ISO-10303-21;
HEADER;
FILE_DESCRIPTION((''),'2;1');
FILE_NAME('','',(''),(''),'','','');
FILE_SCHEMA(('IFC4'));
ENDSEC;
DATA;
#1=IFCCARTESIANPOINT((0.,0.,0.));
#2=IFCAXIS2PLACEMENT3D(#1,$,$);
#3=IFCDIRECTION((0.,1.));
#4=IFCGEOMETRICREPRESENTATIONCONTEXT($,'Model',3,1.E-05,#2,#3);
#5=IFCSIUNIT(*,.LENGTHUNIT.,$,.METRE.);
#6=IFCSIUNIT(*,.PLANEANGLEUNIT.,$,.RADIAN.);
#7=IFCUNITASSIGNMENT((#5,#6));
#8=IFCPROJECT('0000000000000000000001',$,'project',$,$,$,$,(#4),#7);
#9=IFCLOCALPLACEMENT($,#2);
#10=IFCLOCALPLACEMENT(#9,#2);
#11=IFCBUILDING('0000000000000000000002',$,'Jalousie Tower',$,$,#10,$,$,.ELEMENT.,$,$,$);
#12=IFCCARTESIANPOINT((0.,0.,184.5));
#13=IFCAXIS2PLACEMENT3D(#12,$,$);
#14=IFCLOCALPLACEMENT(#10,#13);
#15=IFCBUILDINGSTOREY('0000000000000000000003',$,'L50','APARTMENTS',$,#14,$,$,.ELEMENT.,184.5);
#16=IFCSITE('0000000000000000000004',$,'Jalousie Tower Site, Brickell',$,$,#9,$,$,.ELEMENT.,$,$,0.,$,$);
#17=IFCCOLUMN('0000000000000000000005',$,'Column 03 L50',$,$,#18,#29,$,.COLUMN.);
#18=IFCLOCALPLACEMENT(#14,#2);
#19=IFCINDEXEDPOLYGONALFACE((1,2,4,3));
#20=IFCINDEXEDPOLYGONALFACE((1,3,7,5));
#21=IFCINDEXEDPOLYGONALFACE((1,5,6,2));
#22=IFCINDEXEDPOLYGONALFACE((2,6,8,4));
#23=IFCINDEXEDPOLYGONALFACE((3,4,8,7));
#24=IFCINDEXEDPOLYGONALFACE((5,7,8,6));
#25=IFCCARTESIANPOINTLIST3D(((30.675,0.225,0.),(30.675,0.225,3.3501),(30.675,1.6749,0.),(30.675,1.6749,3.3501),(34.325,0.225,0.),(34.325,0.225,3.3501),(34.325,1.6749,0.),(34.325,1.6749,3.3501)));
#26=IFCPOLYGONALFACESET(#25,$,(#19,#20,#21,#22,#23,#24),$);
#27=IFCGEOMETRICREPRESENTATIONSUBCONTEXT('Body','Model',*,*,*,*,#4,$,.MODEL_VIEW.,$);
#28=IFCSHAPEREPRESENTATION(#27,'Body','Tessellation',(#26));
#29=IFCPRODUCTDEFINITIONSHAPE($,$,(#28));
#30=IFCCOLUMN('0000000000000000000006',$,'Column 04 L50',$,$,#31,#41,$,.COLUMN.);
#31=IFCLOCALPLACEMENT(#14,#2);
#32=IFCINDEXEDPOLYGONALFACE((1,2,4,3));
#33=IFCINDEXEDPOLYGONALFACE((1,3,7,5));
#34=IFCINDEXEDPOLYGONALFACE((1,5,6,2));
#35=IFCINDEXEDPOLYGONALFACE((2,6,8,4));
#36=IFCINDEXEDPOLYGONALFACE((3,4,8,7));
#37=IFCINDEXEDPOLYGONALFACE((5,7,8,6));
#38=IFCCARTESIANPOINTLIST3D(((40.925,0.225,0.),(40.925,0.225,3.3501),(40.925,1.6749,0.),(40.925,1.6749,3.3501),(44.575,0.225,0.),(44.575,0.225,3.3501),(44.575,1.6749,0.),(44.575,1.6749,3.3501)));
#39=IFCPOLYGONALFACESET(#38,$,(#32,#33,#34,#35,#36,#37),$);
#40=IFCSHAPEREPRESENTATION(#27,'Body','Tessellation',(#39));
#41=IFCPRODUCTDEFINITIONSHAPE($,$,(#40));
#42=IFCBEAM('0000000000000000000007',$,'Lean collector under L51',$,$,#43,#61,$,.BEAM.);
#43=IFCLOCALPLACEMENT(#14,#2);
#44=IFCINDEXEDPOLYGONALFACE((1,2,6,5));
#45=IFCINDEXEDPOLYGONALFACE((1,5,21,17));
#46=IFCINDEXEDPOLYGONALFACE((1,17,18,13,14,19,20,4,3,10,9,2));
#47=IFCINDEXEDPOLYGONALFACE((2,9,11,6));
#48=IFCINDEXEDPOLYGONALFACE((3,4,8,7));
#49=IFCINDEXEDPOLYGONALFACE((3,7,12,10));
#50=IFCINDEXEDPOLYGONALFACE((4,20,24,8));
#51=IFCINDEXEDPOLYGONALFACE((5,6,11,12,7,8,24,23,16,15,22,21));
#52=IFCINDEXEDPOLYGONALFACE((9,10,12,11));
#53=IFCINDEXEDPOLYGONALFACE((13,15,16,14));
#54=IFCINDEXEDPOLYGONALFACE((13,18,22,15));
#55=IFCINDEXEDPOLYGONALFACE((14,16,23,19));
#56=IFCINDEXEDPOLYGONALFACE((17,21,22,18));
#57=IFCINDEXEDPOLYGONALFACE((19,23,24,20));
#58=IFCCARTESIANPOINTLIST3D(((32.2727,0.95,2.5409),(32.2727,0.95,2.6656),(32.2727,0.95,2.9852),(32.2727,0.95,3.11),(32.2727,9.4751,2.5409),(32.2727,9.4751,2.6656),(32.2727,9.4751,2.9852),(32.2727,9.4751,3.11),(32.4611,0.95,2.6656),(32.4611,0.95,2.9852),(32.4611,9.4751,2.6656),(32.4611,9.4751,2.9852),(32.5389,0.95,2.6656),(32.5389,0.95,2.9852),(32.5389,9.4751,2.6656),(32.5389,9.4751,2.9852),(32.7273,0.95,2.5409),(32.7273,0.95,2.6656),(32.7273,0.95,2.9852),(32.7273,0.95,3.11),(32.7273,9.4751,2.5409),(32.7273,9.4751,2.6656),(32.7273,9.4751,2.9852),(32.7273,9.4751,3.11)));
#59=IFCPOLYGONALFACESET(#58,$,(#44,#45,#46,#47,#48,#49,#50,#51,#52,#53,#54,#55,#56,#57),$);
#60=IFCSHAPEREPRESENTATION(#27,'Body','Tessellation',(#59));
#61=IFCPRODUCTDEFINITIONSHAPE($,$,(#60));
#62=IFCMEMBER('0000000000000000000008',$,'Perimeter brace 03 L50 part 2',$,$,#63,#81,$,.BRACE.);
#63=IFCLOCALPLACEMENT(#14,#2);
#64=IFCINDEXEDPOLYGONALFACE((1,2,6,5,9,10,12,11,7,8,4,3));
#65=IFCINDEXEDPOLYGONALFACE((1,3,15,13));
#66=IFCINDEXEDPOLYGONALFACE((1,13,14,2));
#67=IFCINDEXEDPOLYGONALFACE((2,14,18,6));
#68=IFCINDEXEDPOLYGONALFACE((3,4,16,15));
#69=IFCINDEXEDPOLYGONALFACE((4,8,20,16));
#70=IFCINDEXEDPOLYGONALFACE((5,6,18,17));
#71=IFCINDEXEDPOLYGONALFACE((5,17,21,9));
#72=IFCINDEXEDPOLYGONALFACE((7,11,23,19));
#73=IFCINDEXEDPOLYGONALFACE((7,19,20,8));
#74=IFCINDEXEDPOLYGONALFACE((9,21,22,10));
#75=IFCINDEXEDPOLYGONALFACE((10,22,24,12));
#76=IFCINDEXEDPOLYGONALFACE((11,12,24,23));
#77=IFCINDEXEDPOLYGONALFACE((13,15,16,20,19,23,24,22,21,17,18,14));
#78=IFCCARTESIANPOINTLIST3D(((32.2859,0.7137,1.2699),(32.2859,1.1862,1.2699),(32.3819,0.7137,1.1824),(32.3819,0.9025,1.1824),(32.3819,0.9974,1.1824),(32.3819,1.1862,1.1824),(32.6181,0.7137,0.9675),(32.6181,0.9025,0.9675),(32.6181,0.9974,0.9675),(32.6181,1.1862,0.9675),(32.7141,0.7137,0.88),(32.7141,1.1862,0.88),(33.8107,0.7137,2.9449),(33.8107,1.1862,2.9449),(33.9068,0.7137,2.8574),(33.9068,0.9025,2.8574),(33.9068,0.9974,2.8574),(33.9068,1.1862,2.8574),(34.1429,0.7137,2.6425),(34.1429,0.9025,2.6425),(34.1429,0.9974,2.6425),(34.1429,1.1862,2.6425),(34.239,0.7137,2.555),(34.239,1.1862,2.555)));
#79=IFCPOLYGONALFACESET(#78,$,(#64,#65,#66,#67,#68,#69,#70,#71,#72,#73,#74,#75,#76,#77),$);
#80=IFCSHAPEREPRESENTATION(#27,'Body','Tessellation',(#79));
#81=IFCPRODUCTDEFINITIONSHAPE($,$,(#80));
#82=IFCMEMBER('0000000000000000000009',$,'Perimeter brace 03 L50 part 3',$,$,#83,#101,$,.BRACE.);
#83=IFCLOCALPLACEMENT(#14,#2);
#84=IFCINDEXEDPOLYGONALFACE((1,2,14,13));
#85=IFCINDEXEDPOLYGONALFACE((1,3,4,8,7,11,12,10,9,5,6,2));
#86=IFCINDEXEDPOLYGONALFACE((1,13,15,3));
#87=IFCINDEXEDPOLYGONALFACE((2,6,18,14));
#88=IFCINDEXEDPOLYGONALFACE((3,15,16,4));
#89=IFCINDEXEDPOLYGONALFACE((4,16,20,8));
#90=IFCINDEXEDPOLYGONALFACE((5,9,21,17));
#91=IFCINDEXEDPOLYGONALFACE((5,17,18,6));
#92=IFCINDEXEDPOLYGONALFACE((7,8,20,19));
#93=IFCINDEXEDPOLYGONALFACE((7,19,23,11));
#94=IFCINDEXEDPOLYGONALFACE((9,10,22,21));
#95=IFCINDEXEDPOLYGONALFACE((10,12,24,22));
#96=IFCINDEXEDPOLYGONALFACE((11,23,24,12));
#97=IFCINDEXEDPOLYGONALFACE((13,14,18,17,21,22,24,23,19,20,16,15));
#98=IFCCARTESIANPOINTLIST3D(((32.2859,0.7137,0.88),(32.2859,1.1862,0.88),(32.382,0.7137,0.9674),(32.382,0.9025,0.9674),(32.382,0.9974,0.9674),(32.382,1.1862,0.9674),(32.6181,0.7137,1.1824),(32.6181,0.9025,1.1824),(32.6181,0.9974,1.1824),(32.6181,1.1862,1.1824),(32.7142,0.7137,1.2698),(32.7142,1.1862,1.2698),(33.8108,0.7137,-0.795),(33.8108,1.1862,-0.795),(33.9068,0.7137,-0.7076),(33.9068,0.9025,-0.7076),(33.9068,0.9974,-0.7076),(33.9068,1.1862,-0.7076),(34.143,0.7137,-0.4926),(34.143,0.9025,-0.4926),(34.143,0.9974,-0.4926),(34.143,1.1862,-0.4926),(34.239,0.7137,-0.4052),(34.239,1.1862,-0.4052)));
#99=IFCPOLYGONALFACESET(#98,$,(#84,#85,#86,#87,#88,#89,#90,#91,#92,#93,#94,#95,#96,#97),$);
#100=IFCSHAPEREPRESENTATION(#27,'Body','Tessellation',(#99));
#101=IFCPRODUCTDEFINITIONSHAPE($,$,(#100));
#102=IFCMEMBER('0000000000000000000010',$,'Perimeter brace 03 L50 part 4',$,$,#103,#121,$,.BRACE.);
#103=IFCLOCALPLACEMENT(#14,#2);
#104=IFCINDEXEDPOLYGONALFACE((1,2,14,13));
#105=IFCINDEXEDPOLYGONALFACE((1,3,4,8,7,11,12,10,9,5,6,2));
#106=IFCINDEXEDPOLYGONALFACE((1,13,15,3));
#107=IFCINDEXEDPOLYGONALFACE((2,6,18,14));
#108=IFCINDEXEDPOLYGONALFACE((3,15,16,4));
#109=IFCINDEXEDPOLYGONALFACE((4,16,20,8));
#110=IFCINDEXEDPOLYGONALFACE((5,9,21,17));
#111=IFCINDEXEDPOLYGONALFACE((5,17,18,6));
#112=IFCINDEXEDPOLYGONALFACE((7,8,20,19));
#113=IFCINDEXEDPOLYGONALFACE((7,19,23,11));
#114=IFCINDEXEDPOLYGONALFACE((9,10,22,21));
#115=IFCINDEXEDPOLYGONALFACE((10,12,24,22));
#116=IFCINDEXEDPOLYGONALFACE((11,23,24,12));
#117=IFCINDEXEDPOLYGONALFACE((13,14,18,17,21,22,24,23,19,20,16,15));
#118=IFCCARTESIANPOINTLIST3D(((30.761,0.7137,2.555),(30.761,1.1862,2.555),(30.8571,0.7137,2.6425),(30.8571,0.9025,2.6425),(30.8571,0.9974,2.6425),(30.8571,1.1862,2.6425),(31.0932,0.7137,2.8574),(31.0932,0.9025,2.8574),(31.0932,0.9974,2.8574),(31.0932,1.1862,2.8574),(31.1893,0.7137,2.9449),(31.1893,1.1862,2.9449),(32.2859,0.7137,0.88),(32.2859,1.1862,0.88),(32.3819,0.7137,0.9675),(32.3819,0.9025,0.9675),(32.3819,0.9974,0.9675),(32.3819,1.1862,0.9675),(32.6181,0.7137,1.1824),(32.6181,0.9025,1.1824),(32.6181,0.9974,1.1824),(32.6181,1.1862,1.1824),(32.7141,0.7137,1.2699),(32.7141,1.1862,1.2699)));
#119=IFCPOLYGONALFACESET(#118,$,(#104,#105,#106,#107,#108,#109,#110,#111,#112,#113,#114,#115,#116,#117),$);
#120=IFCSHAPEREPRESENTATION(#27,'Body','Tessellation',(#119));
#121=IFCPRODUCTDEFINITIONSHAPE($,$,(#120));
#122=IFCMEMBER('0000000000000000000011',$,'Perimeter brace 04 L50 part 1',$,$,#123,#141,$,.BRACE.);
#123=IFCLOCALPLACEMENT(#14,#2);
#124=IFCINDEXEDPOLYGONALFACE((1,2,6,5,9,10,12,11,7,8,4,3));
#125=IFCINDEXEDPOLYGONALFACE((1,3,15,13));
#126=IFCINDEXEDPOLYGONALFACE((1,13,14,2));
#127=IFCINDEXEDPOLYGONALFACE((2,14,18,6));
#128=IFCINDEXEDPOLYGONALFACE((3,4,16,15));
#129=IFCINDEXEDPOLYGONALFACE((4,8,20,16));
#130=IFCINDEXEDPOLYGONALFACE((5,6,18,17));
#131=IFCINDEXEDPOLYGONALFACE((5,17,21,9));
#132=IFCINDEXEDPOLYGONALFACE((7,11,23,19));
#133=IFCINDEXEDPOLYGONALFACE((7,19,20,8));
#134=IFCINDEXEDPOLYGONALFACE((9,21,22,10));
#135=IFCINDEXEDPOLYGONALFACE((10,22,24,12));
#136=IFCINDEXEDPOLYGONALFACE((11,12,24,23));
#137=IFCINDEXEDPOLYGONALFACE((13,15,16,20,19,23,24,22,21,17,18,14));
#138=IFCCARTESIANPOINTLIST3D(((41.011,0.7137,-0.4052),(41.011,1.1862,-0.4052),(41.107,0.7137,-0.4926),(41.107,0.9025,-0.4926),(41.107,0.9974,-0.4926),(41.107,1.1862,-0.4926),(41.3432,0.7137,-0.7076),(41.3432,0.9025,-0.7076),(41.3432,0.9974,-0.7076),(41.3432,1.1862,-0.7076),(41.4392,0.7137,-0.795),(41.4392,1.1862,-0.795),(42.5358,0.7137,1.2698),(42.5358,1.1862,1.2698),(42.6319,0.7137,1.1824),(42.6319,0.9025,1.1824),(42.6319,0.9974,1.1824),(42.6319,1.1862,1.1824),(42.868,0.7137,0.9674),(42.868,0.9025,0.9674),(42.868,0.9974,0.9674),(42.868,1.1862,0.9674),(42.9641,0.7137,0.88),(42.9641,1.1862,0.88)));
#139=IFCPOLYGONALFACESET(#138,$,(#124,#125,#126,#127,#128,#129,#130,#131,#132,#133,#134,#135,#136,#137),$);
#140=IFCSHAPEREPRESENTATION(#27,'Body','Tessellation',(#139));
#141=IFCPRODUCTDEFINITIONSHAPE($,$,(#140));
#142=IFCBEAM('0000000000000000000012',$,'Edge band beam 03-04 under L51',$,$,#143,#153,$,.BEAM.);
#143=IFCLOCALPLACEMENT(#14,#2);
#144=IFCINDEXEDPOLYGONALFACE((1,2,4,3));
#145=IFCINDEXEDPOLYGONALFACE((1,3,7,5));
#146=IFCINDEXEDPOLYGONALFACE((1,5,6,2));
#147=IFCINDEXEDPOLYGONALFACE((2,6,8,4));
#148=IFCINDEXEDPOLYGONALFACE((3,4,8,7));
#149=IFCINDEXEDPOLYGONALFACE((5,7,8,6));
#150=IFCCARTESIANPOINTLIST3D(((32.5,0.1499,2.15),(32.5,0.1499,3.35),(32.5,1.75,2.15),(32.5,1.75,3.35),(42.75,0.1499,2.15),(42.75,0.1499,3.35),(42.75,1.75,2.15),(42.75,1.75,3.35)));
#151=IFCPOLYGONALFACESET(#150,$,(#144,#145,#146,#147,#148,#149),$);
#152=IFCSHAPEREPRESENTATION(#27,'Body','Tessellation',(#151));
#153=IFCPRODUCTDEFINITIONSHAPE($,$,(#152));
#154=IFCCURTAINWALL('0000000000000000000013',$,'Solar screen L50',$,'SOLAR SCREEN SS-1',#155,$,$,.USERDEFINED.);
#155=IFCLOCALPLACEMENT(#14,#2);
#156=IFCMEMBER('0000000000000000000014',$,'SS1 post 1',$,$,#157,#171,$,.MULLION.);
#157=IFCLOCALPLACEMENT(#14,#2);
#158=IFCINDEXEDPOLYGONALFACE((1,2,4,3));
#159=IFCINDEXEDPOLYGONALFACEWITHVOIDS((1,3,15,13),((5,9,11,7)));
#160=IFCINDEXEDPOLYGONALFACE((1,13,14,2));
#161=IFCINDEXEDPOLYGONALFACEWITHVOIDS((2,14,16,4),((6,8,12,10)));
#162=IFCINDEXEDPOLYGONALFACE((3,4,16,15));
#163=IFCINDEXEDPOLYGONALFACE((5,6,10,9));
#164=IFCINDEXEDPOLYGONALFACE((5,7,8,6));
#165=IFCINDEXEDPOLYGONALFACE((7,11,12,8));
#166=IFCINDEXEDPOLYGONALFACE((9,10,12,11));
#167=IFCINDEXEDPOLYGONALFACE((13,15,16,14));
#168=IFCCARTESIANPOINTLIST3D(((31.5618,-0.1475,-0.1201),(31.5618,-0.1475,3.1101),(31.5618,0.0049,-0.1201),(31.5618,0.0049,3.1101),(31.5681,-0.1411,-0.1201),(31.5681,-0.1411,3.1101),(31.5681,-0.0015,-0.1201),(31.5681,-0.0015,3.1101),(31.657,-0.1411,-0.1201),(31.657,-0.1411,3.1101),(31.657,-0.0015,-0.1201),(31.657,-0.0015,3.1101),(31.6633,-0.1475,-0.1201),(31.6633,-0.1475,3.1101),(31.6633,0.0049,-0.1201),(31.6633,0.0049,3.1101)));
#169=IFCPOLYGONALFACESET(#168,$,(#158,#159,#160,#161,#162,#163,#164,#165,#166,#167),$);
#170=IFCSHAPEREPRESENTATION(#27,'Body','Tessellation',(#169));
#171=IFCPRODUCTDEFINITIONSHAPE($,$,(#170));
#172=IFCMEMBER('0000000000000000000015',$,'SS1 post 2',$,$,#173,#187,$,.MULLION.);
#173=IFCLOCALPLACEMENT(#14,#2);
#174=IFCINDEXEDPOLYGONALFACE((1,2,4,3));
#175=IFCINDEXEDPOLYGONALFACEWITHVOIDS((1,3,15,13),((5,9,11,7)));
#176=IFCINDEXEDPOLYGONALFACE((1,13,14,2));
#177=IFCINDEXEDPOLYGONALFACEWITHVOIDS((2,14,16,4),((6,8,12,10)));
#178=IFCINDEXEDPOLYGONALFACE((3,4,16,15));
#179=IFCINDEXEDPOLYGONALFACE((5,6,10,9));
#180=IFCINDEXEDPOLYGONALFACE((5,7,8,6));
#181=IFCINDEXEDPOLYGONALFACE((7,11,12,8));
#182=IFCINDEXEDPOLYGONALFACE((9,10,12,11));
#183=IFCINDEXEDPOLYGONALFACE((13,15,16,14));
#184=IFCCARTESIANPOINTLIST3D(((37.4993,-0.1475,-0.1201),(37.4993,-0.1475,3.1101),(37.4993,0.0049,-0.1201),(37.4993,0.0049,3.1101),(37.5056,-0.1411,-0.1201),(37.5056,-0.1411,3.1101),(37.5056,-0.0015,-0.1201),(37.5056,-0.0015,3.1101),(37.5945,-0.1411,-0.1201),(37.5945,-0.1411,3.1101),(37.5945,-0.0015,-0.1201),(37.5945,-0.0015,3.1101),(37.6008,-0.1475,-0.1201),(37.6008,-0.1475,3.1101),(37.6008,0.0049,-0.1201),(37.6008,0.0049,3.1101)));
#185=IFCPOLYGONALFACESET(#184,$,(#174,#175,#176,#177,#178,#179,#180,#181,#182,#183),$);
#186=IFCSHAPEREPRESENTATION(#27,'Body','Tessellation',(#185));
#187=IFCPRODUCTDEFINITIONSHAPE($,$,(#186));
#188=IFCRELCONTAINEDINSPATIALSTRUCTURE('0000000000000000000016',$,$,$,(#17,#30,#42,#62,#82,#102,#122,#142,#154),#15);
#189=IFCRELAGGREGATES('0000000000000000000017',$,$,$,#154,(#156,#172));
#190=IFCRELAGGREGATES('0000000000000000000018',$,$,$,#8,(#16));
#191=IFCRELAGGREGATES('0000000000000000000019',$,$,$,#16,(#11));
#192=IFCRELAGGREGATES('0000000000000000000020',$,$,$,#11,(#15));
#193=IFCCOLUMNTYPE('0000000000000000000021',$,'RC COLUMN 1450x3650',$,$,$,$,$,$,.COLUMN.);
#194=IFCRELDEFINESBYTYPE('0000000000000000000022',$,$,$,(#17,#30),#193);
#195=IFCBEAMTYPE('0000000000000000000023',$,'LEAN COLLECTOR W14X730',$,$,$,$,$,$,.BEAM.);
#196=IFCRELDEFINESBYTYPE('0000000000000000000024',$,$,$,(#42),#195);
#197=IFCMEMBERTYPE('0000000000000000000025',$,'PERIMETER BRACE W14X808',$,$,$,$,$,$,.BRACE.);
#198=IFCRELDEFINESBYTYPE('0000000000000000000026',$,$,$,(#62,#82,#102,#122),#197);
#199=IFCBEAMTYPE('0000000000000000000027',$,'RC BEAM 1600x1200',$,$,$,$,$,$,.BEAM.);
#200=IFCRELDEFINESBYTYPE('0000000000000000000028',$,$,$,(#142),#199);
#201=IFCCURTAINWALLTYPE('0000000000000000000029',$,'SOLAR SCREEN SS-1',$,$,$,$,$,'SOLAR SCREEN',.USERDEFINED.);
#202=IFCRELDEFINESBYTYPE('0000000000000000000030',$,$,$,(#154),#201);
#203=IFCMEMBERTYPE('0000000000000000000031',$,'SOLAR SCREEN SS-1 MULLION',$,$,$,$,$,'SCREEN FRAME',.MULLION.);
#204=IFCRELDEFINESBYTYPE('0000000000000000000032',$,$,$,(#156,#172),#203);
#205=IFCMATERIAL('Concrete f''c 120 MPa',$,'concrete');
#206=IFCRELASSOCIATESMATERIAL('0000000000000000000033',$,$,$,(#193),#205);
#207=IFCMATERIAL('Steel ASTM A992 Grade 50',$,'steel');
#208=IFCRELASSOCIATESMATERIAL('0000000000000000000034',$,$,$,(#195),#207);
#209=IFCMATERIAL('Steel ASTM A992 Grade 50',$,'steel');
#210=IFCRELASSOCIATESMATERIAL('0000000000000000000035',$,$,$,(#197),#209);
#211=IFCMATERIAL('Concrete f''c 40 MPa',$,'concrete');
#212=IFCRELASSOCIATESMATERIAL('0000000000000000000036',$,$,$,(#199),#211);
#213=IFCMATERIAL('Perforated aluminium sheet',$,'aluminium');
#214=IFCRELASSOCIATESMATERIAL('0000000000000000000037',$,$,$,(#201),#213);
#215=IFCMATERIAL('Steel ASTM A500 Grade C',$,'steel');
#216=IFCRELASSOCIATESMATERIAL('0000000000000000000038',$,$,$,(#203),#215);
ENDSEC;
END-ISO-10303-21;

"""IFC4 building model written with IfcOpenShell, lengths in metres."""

from ifc_helpers import new_model, si_unit, direction, frame, origin, origin_2d, place, context, subcontext, project, spatial, rectangle, hollow_rectangle, i_section, extrude, material, material_profile, profile_set, type_object, element, aggregate, save


model = new_model("IFC4")

# Units and contexts
model_context = context("Model", 3, precision=1e-05, world=origin(), true_north=direction((0.0, 1.0)))
body_context = subcontext(model_context, "Body", "Model", "MODEL_VIEW")
ifc_project = project(units=[si_unit("LENGTHUNIT", "METRE"), si_unit("PLANEANGLEUNIT", "RADIAN")], contexts=[model_context])

# Site, building, storey
site_placement = place(None, origin())
site = spatial("IfcSite", under=ifc_project, at=site_placement, Name="Jalousie Tower Site, Brickell", CompositionType="ELEMENT", RefElevation=0.0)
building_placement = place(site_placement, origin())
building = spatial("IfcBuilding", under=site, at=building_placement, Name="Jalousie Tower", CompositionType="ELEMENT")
storey_placement = place(building_placement, frame((0.0, 0.0, 184.5)))
storey = spatial("IfcBuildingStorey", under=building, at=storey_placement, Name="L50", Description="APARTMENTS", CompositionType="ELEMENT", Elevation=184.5)

# Columns
ifc_material_1 = material(Name="Concrete f'c 120 MPa", Category="concrete")
ifc_material_profile_1 = material_profile(ifc_material_1, rectangle(XDim=1.45, YDim=3.6499, at=origin_2d()), Name="RC 1450x3650")
ifc_profile_set_1 = profile_set([ifc_material_profile_1], Name="Concrete f'c 120 MPa")
column_type = type_object("IfcColumnType", Name="RC COLUMN 1450x3650", PredefinedType="COLUMN", material=ifc_profile_set_1)
for number, where, z_axis, x_axis, name in (
    (1, (32.5, 0.95, 0.0), (0.0, 0.0, 1.0), (0.0, 1.0, 0.0), "Column 03 L50"),
    (2, (42.75, 0.95, 0.0), (0.0, 0.0, 1.0), (0.0, 1.0, 0.0), "Column 04 L50"),
):
    element("IfcColumn", number, at=place(storey_placement, frame(where, z_axis=z_axis, x_axis=x_axis)), inside=storey, type_object=column_type, Name=name, PredefinedType="COLUMN", context=body_context, shape_type="SweptSolid", body=[
        extrude(rectangle(XDim=1.45, YDim=3.6499, at=origin_2d()), origin(), (0.0, 0.0, 1.0), 3.3501),
    ])

# Beam
ifc_material_2 = material(Name="Steel ASTM A992 Grade 50", Category="steel")
ifc_material_profile_2 = material_profile(ifc_material_2, i_section(OverallWidth=0.4546, OverallDepth=0.5691, WebThickness=0.0779, FlangeThickness=0.1248, at=origin_2d()), Name="W14X730")
ifc_profile_set_2 = profile_set([ifc_material_profile_2], Name="Steel ASTM A992 Grade 50")
beam_type_1 = type_object("IfcBeamType", Name="LEAN COLLECTOR W14X730", PredefinedType="BEAM", material=ifc_profile_set_2)
beam_1_placement = place(storey_placement, frame((32.5, 0.95, 2.8254), z_axis=(0.0, 1.0, 0.0), x_axis=(-1.0, 0.0, 0.0)))
element("IfcBeam", 3, at=beam_1_placement, inside=storey, type_object=beam_type_1, Name="Lean collector under L51", PredefinedType="BEAM", context=body_context, shape_type="SweptSolid", body=[
    extrude(i_section(OverallWidth=0.4546, OverallDepth=0.5691, WebThickness=0.0779, FlangeThickness=0.1248, at=origin_2d()), origin(), (0.0, 0.0, 1.0), 8.5251),
])

# Members
ifc_material_3 = material(Name="Steel ASTM A992 Grade 50", Category="steel")
ifc_material_profile_3 = material_profile(ifc_material_3, i_section(OverallWidth=0.4724, OverallDepth=0.5791, WebThickness=0.095, FlangeThickness=0.1299, at=origin_2d()), Name="W14X808")
ifc_profile_set_3 = profile_set([ifc_material_profile_3], Name="Steel ASTM A992 Grade 50")
member_type_1 = type_object("IfcMemberType", Name="PERIMETER BRACE W14X808", PredefinedType="BRACE", material=ifc_profile_set_3)
for number, where, z_axis, x_axis, name in (
    (4, (32.5, 0.95, 1.075), (0.673188, 0.0, 0.739472), (0.0, 1.0, 0.0), "Perimeter brace 03 L50 part 2"),
    (5, (34.0249, 0.95, -0.6001), (-0.673188, 0.0, 0.739472), (0.0, -1.0, 0.0), "Perimeter brace 03 L50 part 3"),
    (6, (32.5, 0.95, 1.075), (-0.673188, 0.0, 0.739472), (0.0, -1.0, 0.0), "Perimeter brace 03 L50 part 4"),
    (7, (41.2251, 0.95, -0.6001), (0.673188, 0.0, 0.739472), (0.0, 1.0, 0.0), "Perimeter brace 04 L50 part 1"),
):
    element("IfcMember", number, at=place(storey_placement, frame(where, z_axis=z_axis, x_axis=x_axis)), inside=storey, type_object=member_type_1, Name=name, PredefinedType="BRACE", context=body_context, shape_type="SweptSolid", body=[
        extrude(i_section(OverallWidth=0.4724, OverallDepth=0.5791, WebThickness=0.095, FlangeThickness=0.1299, at=origin_2d()), origin(), (0.0, 0.0, 1.0), 2.2651),
    ])

# Beam
ifc_material_4 = material(Name="Concrete f'c 40 MPa", Category="concrete")
ifc_material_profile_4 = material_profile(ifc_material_4, rectangle(XDim=1.6001, YDim=1.2, at=origin_2d()), Name="RC 1600x1200")
ifc_profile_set_4 = profile_set([ifc_material_profile_4], Name="Concrete f'c 40 MPa")
beam_type_2 = type_object("IfcBeamType", Name="RC BEAM 1600x1200", PredefinedType="BEAM", material=ifc_profile_set_4)
beam_2_placement = place(storey_placement, frame((32.5, 0.95, 2.75), z_axis=(1.0, 0.0, 0.0), x_axis=(0.0, 1.0, 0.0)))
element("IfcBeam", 8, at=beam_2_placement, inside=storey, type_object=beam_type_2, Name="Edge band beam 03-04 under L51", PredefinedType="BEAM", context=body_context, shape_type="SweptSolid", body=[
    extrude(rectangle(XDim=1.6001, YDim=1.2, at=origin_2d()), origin(), (0.0, 0.0, 1.0), 10.25),
])

# Curtain wall, members
ifc_material_5 = material(Name="Perforated aluminium sheet", Category="aluminium")
curtain_wall_type = type_object("IfcCurtainWallType", Name="SOLAR SCREEN SS-1", ElementType="SOLAR SCREEN", PredefinedType="USERDEFINED", material=ifc_material_5)
curtain_wall_1_placement = place(storey_placement, origin())
curtain_wall_1 = element("IfcCurtainWall", 9, at=curtain_wall_1_placement, inside=storey, type_object=curtain_wall_type, Name="Solar screen L50", ObjectType="SOLAR SCREEN SS-1", PredefinedType="USERDEFINED")
ifc_material_6 = material(Name="Steel ASTM A500 Grade C", Category="steel")
ifc_material_profile_5 = material_profile(ifc_material_6, hollow_rectangle(XDim=0.1016, YDim=0.1523, WallThickness=0.0063, at=origin_2d()), Name="HSS6X4X1/4")
ifc_profile_set_5 = profile_set([ifc_material_profile_5], Name="Steel ASTM A500 Grade C")
member_type_2 = type_object("IfcMemberType", Name="SOLAR SCREEN SS-1 MULLION", ElementType="SCREEN FRAME", PredefinedType="MULLION", material=ifc_profile_set_5)
member_1_placement = place(storey_placement, frame((31.6125, -0.0713, -0.1201), z_axis=(0.0, 0.0, 1.0), x_axis=(1.0, 0.0, 0.0)))
member_1 = element("IfcMember", 10, at=member_1_placement, type_object=member_type_2, Name="SS1 post 1", PredefinedType="MULLION", context=body_context, shape_type="SweptSolid", body=[
    extrude(hollow_rectangle(XDim=0.1016, YDim=0.1523, WallThickness=0.0063, at=origin_2d()), origin(), (0.0, 0.0, 1.0), 3.2302),
])
member_2_placement = place(storey_placement, frame((37.55, -0.0713, -0.1201), z_axis=(0.0, 0.0, 1.0), x_axis=(1.0, 0.0, 0.0)))
member_2 = element("IfcMember", 11, at=member_2_placement, type_object=member_type_2, Name="SS1 post 2", PredefinedType="MULLION", context=body_context, shape_type="SweptSolid", body=[
    extrude(hollow_rectangle(XDim=0.1016, YDim=0.1523, WallThickness=0.0063, at=origin_2d()), origin(), (0.0, 0.0, 1.0), 3.2302),
])

aggregate(curtain_wall_1, [member_1, member_2])

save(model, "model.ifc")
